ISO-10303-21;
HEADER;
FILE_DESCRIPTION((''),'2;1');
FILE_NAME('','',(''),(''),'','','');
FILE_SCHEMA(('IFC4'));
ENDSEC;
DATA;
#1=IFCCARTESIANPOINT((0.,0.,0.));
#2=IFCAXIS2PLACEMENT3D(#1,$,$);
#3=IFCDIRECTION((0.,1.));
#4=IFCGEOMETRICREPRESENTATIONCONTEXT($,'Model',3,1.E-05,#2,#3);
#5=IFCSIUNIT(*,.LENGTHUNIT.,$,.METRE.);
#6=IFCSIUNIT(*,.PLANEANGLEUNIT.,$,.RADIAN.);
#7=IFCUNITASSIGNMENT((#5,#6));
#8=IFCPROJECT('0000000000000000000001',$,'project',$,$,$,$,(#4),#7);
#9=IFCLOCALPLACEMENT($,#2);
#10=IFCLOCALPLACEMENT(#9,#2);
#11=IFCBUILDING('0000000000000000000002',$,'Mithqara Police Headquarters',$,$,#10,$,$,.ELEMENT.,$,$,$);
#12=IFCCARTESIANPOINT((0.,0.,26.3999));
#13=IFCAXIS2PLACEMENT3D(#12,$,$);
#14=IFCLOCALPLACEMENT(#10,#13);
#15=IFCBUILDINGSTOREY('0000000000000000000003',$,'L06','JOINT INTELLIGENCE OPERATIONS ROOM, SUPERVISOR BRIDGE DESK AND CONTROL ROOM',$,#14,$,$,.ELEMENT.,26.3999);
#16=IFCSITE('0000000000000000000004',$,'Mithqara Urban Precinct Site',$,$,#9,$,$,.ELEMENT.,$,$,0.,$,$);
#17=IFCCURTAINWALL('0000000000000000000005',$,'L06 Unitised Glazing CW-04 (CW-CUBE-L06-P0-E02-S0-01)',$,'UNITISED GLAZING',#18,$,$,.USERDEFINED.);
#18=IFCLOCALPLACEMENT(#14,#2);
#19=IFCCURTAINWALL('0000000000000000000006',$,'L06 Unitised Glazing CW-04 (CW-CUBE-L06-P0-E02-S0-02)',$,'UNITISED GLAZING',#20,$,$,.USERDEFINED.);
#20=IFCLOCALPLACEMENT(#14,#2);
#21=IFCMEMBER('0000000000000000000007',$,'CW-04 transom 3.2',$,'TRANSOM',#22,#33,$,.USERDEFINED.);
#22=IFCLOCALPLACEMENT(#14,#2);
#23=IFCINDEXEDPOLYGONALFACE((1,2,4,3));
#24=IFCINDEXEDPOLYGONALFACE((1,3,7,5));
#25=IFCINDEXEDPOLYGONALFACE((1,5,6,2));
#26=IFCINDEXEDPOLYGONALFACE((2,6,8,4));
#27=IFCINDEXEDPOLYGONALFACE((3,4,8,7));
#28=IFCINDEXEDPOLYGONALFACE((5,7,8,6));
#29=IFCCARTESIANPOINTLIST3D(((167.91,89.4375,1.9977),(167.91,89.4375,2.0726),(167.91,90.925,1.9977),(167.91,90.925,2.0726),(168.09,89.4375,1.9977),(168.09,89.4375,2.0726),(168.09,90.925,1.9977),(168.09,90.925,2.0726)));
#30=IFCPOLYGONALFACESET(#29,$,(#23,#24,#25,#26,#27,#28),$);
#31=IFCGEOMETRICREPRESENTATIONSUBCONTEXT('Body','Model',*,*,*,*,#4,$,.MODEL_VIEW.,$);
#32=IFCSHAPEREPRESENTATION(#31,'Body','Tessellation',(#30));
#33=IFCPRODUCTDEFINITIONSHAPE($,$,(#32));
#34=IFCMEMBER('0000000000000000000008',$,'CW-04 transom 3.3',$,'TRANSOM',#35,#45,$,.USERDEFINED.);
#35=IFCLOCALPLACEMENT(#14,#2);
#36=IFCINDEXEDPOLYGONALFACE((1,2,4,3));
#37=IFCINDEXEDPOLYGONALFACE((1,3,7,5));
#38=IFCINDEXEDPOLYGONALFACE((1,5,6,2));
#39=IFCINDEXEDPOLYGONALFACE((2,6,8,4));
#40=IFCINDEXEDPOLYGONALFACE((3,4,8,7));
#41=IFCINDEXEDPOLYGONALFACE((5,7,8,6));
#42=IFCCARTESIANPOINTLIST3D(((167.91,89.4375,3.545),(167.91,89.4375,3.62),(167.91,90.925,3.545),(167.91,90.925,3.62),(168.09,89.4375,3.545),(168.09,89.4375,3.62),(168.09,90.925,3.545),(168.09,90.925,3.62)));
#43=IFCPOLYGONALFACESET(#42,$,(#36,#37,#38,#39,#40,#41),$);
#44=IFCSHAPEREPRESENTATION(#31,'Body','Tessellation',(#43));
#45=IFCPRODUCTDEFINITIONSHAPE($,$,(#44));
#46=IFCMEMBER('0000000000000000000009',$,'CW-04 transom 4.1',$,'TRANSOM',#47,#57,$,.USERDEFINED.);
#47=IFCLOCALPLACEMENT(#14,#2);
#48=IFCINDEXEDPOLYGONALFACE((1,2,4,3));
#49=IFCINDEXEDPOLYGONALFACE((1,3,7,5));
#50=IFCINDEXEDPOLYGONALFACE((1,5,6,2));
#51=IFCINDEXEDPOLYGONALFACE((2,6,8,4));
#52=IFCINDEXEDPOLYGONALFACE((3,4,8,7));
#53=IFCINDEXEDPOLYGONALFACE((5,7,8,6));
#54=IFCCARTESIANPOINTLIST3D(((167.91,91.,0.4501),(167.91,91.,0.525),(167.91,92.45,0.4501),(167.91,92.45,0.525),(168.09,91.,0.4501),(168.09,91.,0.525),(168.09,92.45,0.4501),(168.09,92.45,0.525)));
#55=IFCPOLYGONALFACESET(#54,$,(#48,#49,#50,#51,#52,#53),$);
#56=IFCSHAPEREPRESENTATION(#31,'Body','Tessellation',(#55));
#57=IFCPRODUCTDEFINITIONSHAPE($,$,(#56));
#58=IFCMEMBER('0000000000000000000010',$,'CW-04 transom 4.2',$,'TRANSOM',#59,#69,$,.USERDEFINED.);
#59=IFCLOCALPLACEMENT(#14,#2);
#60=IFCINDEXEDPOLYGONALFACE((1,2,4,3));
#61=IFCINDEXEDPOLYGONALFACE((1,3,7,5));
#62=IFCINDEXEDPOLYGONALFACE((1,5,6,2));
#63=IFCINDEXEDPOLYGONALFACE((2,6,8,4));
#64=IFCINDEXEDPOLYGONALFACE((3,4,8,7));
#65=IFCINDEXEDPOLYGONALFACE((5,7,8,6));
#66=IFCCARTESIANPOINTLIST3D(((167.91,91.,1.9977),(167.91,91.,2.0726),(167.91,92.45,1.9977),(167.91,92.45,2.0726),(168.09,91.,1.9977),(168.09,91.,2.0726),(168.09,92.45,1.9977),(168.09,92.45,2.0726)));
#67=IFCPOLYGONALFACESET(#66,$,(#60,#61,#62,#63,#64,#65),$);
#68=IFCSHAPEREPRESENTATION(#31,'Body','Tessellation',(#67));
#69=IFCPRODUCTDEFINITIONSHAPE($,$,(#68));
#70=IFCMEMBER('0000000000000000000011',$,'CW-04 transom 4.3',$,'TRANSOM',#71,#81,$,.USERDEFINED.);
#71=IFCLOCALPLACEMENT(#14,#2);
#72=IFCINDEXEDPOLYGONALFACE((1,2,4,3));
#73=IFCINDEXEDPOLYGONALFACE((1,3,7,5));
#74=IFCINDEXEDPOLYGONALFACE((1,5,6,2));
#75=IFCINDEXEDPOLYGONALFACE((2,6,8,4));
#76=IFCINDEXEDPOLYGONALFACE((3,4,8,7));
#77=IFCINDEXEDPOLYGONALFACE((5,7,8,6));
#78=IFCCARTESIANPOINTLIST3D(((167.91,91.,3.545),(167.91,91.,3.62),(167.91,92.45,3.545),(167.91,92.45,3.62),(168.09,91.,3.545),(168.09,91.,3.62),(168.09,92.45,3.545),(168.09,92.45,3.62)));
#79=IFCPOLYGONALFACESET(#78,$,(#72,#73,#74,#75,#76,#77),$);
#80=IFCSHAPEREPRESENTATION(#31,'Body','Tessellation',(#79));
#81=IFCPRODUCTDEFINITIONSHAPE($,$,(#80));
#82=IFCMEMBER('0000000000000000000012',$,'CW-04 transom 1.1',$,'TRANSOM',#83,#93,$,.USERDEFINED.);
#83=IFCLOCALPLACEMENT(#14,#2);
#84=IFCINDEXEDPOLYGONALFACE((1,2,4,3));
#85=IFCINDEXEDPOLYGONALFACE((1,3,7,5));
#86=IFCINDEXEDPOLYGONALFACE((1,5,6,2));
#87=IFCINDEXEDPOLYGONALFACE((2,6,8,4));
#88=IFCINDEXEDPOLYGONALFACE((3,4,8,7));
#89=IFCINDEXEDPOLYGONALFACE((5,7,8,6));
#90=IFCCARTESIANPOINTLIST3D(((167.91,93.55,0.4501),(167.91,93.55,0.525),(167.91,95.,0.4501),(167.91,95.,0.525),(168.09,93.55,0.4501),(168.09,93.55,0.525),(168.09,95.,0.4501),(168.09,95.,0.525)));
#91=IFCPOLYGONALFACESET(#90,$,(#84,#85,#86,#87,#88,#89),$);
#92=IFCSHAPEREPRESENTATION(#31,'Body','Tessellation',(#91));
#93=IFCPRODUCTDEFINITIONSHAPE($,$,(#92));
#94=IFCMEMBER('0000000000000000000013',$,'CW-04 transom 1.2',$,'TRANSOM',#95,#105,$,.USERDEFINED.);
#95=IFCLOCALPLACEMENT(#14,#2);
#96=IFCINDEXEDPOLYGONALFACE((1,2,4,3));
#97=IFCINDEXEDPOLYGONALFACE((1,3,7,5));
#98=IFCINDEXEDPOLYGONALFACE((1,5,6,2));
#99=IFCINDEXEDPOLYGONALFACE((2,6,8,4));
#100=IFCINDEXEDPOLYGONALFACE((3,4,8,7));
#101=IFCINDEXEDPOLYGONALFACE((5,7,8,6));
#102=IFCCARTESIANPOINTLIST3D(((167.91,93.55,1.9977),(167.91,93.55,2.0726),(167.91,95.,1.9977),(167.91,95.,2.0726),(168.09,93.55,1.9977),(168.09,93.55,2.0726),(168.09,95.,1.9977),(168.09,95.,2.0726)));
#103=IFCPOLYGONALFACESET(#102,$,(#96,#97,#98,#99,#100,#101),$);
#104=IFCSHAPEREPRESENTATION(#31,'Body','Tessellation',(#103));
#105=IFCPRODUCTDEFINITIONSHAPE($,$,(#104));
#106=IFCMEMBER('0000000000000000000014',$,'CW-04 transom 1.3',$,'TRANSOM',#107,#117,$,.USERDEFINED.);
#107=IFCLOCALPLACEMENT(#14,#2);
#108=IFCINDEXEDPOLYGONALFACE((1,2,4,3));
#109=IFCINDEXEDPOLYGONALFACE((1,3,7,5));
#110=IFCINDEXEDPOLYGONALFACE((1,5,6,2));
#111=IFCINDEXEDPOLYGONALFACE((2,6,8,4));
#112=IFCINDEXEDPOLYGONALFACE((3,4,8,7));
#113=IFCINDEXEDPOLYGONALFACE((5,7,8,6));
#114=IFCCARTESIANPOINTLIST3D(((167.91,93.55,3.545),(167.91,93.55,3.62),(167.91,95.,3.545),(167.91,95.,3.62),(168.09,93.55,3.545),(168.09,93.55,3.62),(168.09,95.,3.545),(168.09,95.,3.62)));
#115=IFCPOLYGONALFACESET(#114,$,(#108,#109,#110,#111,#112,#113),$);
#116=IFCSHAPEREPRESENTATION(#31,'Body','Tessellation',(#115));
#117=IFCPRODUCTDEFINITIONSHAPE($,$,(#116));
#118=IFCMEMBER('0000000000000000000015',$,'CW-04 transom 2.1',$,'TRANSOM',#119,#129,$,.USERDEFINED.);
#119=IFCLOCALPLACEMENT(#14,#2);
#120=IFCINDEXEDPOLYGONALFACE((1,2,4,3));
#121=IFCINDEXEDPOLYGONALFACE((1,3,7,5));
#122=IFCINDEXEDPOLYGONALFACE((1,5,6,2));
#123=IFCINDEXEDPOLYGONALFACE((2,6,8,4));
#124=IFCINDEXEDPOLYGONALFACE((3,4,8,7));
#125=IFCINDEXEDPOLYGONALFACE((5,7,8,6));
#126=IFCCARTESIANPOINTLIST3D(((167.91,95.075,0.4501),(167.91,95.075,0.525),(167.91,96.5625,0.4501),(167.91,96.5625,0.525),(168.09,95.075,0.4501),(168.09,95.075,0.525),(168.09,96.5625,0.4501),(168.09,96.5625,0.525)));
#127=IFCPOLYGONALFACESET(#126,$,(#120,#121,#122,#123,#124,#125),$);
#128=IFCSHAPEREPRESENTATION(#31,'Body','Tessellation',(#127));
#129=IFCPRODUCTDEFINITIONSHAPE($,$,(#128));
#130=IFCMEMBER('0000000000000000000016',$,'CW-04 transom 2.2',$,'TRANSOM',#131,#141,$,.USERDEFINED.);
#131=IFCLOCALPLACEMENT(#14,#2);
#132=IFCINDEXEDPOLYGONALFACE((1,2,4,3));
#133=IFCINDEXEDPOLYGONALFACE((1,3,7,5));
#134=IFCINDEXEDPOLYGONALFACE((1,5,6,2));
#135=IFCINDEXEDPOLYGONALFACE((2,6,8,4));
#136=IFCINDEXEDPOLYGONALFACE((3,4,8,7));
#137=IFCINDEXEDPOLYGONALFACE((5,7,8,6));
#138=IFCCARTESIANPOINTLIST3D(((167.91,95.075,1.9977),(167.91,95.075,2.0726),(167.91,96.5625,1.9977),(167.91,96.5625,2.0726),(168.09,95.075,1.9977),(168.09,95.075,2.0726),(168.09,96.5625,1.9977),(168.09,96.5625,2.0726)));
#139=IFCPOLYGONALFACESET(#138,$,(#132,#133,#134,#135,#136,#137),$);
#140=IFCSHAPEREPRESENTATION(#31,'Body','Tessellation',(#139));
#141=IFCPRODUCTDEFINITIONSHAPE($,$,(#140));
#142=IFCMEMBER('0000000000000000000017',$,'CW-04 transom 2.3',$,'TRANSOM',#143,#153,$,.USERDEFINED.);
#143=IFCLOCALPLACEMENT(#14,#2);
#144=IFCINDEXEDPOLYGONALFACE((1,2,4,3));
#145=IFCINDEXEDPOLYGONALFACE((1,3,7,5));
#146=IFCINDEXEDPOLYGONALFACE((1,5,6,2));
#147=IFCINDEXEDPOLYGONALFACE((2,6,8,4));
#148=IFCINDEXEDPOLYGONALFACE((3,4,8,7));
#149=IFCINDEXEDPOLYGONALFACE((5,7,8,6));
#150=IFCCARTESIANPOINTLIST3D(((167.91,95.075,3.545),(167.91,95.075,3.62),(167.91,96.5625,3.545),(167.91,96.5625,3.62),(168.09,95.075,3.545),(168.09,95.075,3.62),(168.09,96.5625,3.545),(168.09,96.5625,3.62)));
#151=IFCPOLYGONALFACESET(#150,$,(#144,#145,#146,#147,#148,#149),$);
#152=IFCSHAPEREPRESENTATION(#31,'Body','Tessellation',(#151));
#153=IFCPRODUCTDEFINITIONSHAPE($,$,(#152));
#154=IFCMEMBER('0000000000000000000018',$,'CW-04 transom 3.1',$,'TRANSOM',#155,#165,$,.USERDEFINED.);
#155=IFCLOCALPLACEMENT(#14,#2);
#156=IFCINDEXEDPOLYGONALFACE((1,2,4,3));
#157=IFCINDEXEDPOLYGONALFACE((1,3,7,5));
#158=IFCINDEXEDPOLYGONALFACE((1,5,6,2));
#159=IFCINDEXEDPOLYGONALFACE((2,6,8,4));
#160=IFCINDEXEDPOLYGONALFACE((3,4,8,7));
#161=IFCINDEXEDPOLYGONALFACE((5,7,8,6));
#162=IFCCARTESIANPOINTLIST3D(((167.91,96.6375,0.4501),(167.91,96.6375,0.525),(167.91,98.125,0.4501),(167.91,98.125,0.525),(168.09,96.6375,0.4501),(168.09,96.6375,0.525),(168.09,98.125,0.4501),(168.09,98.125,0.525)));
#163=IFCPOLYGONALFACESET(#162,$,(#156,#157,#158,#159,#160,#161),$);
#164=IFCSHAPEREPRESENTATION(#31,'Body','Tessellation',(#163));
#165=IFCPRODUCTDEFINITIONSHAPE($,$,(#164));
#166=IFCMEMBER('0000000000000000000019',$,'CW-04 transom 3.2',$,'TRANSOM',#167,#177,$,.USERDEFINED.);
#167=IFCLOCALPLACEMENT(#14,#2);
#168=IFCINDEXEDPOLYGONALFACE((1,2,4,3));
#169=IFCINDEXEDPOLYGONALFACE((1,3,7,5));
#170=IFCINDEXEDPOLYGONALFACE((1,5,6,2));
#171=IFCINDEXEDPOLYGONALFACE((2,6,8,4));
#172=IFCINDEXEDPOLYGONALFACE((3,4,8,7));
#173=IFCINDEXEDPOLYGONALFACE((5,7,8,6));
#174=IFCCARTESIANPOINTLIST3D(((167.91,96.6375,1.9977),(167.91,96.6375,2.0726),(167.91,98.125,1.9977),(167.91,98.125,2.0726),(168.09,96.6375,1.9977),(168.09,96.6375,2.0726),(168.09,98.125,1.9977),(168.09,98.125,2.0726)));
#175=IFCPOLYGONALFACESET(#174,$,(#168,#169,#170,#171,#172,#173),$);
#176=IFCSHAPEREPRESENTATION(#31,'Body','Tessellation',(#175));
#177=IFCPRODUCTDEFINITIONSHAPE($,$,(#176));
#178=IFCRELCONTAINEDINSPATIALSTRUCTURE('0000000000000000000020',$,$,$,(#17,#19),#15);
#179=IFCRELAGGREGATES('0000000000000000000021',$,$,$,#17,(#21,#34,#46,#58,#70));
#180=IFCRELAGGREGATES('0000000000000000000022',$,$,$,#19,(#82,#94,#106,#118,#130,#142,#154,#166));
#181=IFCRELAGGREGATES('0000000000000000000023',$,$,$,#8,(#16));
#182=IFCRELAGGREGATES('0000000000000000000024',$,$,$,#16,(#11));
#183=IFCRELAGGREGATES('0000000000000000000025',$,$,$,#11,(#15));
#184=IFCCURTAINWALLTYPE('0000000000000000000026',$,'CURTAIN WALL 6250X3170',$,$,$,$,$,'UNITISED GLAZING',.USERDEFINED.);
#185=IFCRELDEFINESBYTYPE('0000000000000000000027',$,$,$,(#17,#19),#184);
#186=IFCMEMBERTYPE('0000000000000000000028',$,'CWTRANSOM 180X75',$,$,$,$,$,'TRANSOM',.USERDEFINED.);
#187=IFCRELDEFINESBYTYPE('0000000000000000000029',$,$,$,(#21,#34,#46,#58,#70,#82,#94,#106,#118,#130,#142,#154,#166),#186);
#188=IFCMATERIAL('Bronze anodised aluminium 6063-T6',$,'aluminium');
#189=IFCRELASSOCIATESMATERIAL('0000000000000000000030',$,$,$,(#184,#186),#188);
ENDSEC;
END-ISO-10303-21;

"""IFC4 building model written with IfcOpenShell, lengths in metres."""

from ifc_helpers import new_model, si_unit, direction, frame, origin, origin_2d, place, context, subcontext, project, spatial, rectangle, extrude, material, material_profile, profile_set, type_object, element, aggregate, save


model = new_model("IFC4")

# Units and contexts
model_context = context("Model", 3, precision=1e-05, world=origin(), true_north=direction((0.0, 1.0)))
body_context = subcontext(model_context, "Body", "Model", "MODEL_VIEW")
ifc_project = project(units=[si_unit("LENGTHUNIT", "METRE"), si_unit("PLANEANGLEUNIT", "RADIAN")], contexts=[model_context])

# Site, building, storey
site_placement = place(None, origin())
site = spatial("IfcSite", under=ifc_project, at=site_placement, Name="Mithqara Urban Precinct Site", CompositionType="ELEMENT", RefElevation=0.0)
building_placement = place(site_placement, origin())
building = spatial("IfcBuilding", under=site, at=building_placement, Name="Mithqara Police Headquarters", CompositionType="ELEMENT")
storey_placement = place(building_placement, frame((0.0, 0.0, 26.3999)))
storey = spatial("IfcBuildingStorey", under=building, at=storey_placement, Name="L06", Description="JOINT INTELLIGENCE OPERATIONS ROOM, SUPERVISOR BRIDGE DESK AND CONTROL ROOM", CompositionType="ELEMENT", Elevation=26.3999)

# Curtain walls
ifc_material_1 = material(Name="Bronze anodised aluminium 6063-T6", Category="aluminium")
curtain_wall_type = type_object("IfcCurtainWallType", Name="CURTAIN WALL 6250X3170", ElementType="UNITISED GLAZING", PredefinedType="USERDEFINED", material=ifc_material_1)
curtain_wall_1_placement = place(storey_placement, origin())
curtain_wall_1 = element("IfcCurtainWall", 1, at=curtain_wall_1_placement, inside=storey, type_object=curtain_wall_type, Name="L06 Unitised Glazing CW-04 (CW-CUBE-L06-P0-E02-S0-01)", ObjectType="UNITISED GLAZING", PredefinedType="USERDEFINED")
curtain_wall_2_placement = place(storey_placement, origin())
curtain_wall_2 = element("IfcCurtainWall", 2, at=curtain_wall_2_placement, inside=storey, type_object=curtain_wall_type, Name="L06 Unitised Glazing CW-04 (CW-CUBE-L06-P0-E02-S0-02)", ObjectType="UNITISED GLAZING", PredefinedType="USERDEFINED")

# Members
ifc_material_profile_1 = material_profile(ifc_material_1, rectangle(XDim=0.1799, YDim=0.075, at=origin_2d()), Name="CWT 180x75")
ifc_profile_set_1 = profile_set([ifc_material_profile_1], Name="Bronze anodised aluminium 6063-T6")
member_type_1 = type_object("IfcMemberType", Name="CWTRANSOM 180X75", ElementType="TRANSOM", PredefinedType="USERDEFINED", material=ifc_profile_set_1)
member_1_placement = place(storey_placement, frame((168.0, 89.4375, 2.0352), z_axis=(0.0, 1.0, 0.0), x_axis=(-1.0, 0.0, 0.0)))
member_1 = element("IfcMember", 3, at=member_1_placement, type_object=member_type_1, Name="CW-04 transom 3.2", ObjectType="TRANSOM", PredefinedType="USERDEFINED", context=body_context, shape_type="SweptSolid", body=[
    extrude(rectangle(XDim=0.1799, YDim=0.075, at=origin_2d()), origin(), (0.0, 0.0, 1.0), 1.4875),
])
member_2_placement = place(storey_placement, frame((168.0, 89.4375, 3.5825), z_axis=(0.0, 1.0, 0.0), x_axis=(-1.0, 0.0, 0.0)))
member_2 = element("IfcMember", 4, at=member_2_placement, type_object=member_type_1, Name="CW-04 transom 3.3", ObjectType="TRANSOM", PredefinedType="USERDEFINED", context=body_context, shape_type="SweptSolid", body=[
    extrude(rectangle(XDim=0.1799, YDim=0.075, at=origin_2d()), origin(), (0.0, 0.0, 1.0), 1.4875),
])
member_3_placement = place(storey_placement, frame((168.0, 91.0, 0.4875), z_axis=(0.0, 1.0, 0.0), x_axis=(-1.0, 0.0, 0.0)))
member_3 = element("IfcMember", 5, at=member_3_placement, type_object=member_type_1, Name="CW-04 transom 4.1", ObjectType="TRANSOM", PredefinedType="USERDEFINED", context=body_context, shape_type="SweptSolid", body=[
    extrude(rectangle(XDim=0.1799, YDim=0.075, at=origin_2d()), origin(), (0.0, 0.0, 1.0), 1.45),
])
member_4_placement = place(storey_placement, frame((168.0, 91.0, 2.0352), z_axis=(0.0, 1.0, 0.0), x_axis=(-1.0, 0.0, 0.0)))
member_4 = element("IfcMember", 6, at=member_4_placement, type_object=member_type_1, Name="CW-04 transom 4.2", ObjectType="TRANSOM", PredefinedType="USERDEFINED", context=body_context, shape_type="SweptSolid", body=[
    extrude(rectangle(XDim=0.1799, YDim=0.075, at=origin_2d()), origin(), (0.0, 0.0, 1.0), 1.45),
])
member_5_placement = place(storey_placement, frame((168.0, 91.0, 3.5825), z_axis=(0.0, 1.0, 0.0), x_axis=(-1.0, 0.0, 0.0)))
member_5 = element("IfcMember", 7, at=member_5_placement, type_object=member_type_1, Name="CW-04 transom 4.3", ObjectType="TRANSOM", PredefinedType="USERDEFINED", context=body_context, shape_type="SweptSolid", body=[
    extrude(rectangle(XDim=0.1799, YDim=0.075, at=origin_2d()), origin(), (0.0, 0.0, 1.0), 1.45),
])
member_6_placement = place(storey_placement, frame((168.0, 93.55, 0.4875), z_axis=(0.0, 1.0, 0.0), x_axis=(-1.0, 0.0, 0.0)))
member_6 = element("IfcMember", 8, at=member_6_placement, type_object=member_type_1, Name="CW-04 transom 1.1", ObjectType="TRANSOM", PredefinedType="USERDEFINED", context=body_context, shape_type="SweptSolid", body=[
    extrude(rectangle(XDim=0.1799, YDim=0.075, at=origin_2d()), origin(), (0.0, 0.0, 1.0), 1.45),
])
member_7_placement = place(storey_placement, frame((168.0, 93.55, 2.0352), z_axis=(0.0, 1.0, 0.0), x_axis=(-1.0, 0.0, 0.0)))
member_7 = element("IfcMember", 9, at=member_7_placement, type_object=member_type_1, Name="CW-04 transom 1.2", ObjectType="TRANSOM", PredefinedType="USERDEFINED", context=body_context, shape_type="SweptSolid", body=[
    extrude(rectangle(XDim=0.1799, YDim=0.075, at=origin_2d()), origin(), (0.0, 0.0, 1.0), 1.45),
])
member_8_placement = place(storey_placement, frame((168.0, 93.55, 3.5825), z_axis=(0.0, 1.0, 0.0), x_axis=(-1.0, 0.0, 0.0)))
member_8 = element("IfcMember", 10, at=member_8_placement, type_object=member_type_1, Name="CW-04 transom 1.3", ObjectType="TRANSOM", PredefinedType="USERDEFINED", context=body_context, shape_type="SweptSolid", body=[
    extrude(rectangle(XDim=0.1799, YDim=0.075, at=origin_2d()), origin(), (0.0, 0.0, 1.0), 1.45),
])
member_9_placement = place(storey_placement, frame((168.0, 95.075, 0.4875), z_axis=(0.0, 1.0, 0.0), x_axis=(-1.0, 0.0, 0.0)))
member_9 = element("IfcMember", 11, at=member_9_placement, type_object=member_type_1, Name="CW-04 transom 2.1", ObjectType="TRANSOM", PredefinedType="USERDEFINED", context=body_context, shape_type="SweptSolid", body=[
    extrude(rectangle(XDim=0.1799, YDim=0.075, at=origin_2d()), origin(), (0.0, 0.0, 1.0), 1.4875),
])
member_10_placement = place(storey_placement, frame((168.0, 95.075, 2.0352), z_axis=(0.0, 1.0, 0.0), x_axis=(-1.0, 0.0, 0.0)))
member_10 = element("IfcMember", 12, at=member_10_placement, type_object=member_type_1, Name="CW-04 transom 2.2", ObjectType="TRANSOM", PredefinedType="USERDEFINED", context=body_context, shape_type="SweptSolid", body=[
    extrude(rectangle(XDim=0.1799, YDim=0.075, at=origin_2d()), origin(), (0.0, 0.0, 1.0), 1.4875),
])
member_11_placement = place(storey_placement, frame((168.0, 95.075, 3.5825), z_axis=(0.0, 1.0, 0.0), x_axis=(-1.0, 0.0, 0.0)))
member_11 = element("IfcMember", 13, at=member_11_placement, type_object=member_type_1, Name="CW-04 transom 2.3", ObjectType="TRANSOM", PredefinedType="USERDEFINED", context=body_context, shape_type="SweptSolid", body=[
    extrude(rectangle(XDim=0.1799, YDim=0.075, at=origin_2d()), origin(), (0.0, 0.0, 1.0), 1.4875),
])
member_12_placement = place(storey_placement, frame((168.0, 96.6375, 0.4875), z_axis=(0.0, 1.0, 0.0), x_axis=(-1.0, 0.0, 0.0)))
member_12 = element("IfcMember", 14, at=member_12_placement, type_object=member_type_1, Name="CW-04 transom 3.1", ObjectType="TRANSOM", PredefinedType="USERDEFINED", context=body_context, shape_type="SweptSolid", body=[
    extrude(rectangle(XDim=0.1799, YDim=0.075, at=origin_2d()), origin(), (0.0, 0.0, 1.0), 1.4875),
])
member_13_placement = place(storey_placement, frame((168.0, 96.6375, 2.0352), z_axis=(0.0, 1.0, 0.0), x_axis=(-1.0, 0.0, 0.0)))
member_13 = element("IfcMember", 15, at=member_13_placement, type_object=member_type_1, Name="CW-04 transom 3.2", ObjectType="TRANSOM", PredefinedType="USERDEFINED", context=body_context, shape_type="SweptSolid", body=[
    extrude(rectangle(XDim=0.1799, YDim=0.075, at=origin_2d()), origin(), (0.0, 0.0, 1.0), 1.4875),
])

aggregate(curtain_wall_1, [member_1, member_2, member_3, member_4, member_5])
aggregate(curtain_wall_2, [member_6, member_7, member_8, member_9, member_10, member_11, member_12, member_13])

save(model, "model.ifc")
